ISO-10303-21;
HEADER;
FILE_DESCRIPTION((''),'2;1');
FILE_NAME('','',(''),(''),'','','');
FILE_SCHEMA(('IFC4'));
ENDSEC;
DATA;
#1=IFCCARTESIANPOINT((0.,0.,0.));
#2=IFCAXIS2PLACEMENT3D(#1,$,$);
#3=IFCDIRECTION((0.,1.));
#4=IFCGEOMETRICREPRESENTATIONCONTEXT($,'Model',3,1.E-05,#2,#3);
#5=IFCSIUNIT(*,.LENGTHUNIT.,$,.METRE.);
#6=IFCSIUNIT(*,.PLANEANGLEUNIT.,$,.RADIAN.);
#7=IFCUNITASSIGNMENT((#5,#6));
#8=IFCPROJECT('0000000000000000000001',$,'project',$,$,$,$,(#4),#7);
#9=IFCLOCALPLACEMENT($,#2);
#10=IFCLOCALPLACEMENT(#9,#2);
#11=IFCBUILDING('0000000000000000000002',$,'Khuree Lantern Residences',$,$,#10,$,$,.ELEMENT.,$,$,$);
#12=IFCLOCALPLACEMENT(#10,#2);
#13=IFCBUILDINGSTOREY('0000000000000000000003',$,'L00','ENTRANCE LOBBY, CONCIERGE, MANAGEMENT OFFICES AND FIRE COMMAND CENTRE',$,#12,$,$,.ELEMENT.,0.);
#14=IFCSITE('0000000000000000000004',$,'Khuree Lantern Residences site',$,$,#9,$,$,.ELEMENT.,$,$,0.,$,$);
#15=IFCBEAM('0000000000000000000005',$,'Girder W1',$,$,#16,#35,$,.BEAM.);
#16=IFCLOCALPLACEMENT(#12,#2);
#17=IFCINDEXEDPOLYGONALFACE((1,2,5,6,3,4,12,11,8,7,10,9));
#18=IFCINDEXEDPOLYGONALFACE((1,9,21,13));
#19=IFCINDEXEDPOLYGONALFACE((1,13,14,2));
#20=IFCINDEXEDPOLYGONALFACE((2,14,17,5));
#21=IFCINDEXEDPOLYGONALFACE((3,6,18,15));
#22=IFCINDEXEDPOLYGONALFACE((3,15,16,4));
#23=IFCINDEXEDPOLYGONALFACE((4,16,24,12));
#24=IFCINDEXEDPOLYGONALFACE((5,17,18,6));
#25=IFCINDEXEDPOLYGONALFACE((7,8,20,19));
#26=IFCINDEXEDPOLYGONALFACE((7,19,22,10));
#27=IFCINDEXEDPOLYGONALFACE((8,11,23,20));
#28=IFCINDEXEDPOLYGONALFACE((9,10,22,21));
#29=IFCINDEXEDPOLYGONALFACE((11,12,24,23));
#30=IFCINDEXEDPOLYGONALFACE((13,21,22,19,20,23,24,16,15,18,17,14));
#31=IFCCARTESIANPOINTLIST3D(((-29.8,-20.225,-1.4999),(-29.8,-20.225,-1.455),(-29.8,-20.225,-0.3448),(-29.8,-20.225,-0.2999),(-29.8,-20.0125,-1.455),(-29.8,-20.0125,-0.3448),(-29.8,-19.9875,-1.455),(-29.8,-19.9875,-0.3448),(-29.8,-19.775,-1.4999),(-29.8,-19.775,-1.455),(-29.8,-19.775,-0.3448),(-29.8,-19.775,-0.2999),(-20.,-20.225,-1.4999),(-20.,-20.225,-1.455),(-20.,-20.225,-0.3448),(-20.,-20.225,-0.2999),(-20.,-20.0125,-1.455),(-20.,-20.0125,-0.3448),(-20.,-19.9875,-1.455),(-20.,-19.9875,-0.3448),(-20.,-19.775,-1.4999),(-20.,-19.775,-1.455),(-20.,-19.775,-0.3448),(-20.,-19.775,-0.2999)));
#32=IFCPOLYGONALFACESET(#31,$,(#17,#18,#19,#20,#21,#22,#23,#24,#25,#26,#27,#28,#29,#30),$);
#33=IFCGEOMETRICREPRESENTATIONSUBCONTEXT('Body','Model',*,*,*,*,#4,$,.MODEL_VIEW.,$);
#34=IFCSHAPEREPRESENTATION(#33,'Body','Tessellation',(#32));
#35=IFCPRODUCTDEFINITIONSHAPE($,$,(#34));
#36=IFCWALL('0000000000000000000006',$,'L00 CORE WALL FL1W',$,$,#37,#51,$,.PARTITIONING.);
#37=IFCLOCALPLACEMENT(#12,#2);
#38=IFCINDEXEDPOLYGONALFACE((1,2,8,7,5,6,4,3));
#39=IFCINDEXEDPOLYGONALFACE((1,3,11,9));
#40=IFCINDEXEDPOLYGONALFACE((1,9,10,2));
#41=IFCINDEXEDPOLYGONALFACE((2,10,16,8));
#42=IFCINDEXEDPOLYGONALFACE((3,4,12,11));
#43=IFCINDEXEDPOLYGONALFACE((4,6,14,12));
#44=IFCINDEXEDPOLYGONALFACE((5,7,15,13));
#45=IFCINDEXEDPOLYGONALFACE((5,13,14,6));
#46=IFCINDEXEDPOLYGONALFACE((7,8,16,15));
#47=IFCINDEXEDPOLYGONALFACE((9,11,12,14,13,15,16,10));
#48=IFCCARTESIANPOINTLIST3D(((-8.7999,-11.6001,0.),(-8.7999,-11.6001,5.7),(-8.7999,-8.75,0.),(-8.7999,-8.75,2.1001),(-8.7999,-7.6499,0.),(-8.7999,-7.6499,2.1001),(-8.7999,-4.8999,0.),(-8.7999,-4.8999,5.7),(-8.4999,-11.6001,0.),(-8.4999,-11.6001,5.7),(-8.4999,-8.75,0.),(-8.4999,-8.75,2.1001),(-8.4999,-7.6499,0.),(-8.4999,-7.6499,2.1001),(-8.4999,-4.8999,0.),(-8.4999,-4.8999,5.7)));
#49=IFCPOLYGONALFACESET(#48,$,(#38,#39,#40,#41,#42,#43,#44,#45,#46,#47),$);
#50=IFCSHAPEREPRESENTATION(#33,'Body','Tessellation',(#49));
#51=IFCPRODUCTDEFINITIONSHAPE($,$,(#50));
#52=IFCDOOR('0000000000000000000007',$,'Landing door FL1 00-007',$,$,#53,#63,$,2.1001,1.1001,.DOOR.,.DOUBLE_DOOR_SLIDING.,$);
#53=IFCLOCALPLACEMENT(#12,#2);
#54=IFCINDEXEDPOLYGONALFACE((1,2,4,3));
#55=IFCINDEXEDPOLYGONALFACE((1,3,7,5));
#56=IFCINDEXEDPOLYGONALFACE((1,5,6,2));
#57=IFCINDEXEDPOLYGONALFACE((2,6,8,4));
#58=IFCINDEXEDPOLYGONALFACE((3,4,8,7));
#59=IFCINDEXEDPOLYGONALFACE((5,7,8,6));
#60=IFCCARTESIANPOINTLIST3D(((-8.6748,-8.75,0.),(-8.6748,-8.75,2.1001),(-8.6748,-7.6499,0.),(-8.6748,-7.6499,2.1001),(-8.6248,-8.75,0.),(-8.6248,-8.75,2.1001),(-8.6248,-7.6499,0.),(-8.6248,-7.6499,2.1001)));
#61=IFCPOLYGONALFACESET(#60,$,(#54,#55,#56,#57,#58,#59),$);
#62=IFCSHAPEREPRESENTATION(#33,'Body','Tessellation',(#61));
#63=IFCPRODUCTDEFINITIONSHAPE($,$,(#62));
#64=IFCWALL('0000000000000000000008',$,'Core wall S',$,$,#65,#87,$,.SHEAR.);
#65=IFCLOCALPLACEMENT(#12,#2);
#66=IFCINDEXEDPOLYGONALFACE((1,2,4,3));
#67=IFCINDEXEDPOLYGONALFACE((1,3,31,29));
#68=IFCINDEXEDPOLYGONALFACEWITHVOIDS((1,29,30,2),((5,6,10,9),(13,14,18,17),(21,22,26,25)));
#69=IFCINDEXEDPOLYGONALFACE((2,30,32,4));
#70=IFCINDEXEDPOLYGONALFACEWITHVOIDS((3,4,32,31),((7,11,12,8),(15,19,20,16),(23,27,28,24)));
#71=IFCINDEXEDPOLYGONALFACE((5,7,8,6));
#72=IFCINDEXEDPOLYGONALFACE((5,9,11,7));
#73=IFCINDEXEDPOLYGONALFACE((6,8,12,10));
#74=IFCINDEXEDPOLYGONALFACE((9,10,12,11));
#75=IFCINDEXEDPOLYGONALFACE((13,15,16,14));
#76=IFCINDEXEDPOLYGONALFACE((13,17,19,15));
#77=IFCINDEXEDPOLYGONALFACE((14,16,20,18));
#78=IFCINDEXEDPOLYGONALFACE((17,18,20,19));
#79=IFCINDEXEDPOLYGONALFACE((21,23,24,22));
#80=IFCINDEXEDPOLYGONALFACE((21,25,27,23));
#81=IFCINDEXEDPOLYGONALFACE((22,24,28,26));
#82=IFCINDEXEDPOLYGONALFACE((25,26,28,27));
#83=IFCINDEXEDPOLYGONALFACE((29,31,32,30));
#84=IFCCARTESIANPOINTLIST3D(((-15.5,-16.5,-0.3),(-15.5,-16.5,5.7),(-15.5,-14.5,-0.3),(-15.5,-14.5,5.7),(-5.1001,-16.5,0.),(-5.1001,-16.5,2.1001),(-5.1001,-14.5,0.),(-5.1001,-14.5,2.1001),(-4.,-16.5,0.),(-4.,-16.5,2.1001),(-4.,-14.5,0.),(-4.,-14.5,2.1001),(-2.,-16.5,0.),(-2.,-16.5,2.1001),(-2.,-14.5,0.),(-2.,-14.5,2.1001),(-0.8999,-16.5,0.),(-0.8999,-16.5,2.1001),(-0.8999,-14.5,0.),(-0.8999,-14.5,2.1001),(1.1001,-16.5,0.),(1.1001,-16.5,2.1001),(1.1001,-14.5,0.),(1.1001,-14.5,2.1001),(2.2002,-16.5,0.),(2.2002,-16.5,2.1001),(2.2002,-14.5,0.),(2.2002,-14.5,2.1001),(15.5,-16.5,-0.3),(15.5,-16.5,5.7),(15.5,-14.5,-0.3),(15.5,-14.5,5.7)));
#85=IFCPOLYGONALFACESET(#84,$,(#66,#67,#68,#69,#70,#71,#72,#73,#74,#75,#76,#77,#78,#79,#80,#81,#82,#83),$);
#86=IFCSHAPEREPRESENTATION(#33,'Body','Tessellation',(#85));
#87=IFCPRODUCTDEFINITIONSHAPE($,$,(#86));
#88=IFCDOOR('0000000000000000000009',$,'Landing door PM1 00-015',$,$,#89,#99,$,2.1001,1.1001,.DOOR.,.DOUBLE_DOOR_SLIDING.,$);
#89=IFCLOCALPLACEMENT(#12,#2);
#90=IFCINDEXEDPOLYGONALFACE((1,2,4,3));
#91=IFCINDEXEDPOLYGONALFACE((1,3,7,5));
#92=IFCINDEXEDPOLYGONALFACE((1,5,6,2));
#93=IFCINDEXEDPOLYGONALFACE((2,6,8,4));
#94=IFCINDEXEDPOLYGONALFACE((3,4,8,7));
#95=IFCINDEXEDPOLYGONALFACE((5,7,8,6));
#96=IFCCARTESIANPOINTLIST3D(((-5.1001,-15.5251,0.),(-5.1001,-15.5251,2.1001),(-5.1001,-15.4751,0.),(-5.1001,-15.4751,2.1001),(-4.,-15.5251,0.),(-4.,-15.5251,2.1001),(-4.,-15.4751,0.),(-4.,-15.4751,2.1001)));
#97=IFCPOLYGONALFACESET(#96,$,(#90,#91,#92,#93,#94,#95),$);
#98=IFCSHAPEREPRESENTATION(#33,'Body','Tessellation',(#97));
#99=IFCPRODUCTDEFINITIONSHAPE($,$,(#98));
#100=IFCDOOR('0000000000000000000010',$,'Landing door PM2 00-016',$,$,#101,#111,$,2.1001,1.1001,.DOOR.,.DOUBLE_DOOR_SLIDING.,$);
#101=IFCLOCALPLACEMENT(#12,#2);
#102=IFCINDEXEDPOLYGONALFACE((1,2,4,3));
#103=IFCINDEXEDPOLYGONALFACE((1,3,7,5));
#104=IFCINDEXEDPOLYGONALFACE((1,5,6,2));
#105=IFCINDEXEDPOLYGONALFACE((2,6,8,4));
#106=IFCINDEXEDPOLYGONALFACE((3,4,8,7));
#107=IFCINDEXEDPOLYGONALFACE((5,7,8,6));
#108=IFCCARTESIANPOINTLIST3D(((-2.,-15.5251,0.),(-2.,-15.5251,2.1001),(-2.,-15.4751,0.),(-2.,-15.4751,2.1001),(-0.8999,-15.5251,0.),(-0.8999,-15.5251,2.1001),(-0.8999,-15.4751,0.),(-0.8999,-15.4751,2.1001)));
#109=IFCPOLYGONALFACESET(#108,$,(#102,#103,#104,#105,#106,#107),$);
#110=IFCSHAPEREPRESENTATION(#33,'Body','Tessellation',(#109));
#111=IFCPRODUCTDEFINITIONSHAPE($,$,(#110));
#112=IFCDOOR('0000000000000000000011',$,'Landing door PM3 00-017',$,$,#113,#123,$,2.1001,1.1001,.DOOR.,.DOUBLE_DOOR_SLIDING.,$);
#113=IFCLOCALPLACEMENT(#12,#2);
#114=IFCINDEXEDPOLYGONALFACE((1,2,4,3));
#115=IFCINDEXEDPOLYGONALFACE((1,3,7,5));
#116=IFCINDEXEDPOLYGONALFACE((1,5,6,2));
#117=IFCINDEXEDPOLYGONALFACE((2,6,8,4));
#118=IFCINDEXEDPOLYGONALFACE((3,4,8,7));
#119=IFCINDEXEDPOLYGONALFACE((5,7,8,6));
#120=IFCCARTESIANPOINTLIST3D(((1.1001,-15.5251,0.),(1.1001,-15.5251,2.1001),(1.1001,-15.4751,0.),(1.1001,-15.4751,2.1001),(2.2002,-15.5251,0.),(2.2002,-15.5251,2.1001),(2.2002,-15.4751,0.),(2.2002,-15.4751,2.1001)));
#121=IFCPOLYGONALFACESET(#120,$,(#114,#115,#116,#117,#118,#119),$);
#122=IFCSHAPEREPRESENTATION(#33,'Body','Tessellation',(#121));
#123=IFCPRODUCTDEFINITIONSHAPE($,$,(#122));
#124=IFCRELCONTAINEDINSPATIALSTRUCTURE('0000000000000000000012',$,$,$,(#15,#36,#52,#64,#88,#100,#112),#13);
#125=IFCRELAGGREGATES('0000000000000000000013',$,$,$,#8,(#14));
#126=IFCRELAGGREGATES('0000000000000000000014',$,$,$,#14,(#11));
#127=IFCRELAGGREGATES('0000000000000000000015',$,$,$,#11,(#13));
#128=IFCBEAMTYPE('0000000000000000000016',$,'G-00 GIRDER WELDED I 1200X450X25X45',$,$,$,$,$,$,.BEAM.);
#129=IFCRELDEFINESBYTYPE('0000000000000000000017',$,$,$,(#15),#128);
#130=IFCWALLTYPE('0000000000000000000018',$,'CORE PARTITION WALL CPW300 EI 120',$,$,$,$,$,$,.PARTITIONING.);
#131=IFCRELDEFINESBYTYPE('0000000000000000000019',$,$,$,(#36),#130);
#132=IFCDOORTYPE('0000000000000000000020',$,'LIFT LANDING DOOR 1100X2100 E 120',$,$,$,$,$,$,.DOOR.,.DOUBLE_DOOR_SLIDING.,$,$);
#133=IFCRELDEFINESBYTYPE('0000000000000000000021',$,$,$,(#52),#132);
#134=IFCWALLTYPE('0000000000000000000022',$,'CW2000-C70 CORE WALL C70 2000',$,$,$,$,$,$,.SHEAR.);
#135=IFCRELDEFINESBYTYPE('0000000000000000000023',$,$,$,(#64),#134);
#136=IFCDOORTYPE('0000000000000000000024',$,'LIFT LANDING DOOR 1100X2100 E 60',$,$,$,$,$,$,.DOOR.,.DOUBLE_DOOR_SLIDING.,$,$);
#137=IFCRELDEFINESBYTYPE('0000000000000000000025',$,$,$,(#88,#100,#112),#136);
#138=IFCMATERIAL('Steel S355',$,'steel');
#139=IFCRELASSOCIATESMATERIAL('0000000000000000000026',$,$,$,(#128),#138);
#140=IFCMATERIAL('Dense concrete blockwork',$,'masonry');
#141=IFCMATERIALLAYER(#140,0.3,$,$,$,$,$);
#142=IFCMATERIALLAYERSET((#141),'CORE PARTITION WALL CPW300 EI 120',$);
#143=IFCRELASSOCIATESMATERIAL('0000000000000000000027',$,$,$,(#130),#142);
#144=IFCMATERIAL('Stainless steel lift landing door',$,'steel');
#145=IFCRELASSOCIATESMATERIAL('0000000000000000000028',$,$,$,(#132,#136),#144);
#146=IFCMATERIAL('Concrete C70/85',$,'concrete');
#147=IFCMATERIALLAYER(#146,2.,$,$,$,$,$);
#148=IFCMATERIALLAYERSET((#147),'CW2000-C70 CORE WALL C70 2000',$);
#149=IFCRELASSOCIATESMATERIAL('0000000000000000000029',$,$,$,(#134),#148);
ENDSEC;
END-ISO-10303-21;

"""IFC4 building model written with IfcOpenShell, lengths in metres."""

from ifc_helpers import new_model, si_unit, direction, frame, frame_2d, origin, origin_2d, place, context, subcontext, project, spatial, rectangle, i_section, extrude, material, layer, layer_set, material_profile, profile_set, type_object, element, fill, save


model = new_model("IFC4")

# Units and contexts
model_context = context("Model", 3, precision=1e-05, world=origin(), true_north=direction((0.0, 1.0)))
body_context = subcontext(model_context, "Body", "Model", "MODEL_VIEW")
ifc_project = project(units=[si_unit("LENGTHUNIT", "METRE"), si_unit("PLANEANGLEUNIT", "RADIAN")], contexts=[model_context])

# Site, building, storey
site_placement = place(None, origin())
site = spatial("IfcSite", under=ifc_project, at=site_placement, Name="Khuree Lantern Residences site", CompositionType="ELEMENT", RefElevation=0.0)
building_placement = place(site_placement, origin())
building = spatial("IfcBuilding", under=site, at=building_placement, Name="Khuree Lantern Residences", CompositionType="ELEMENT")
storey_placement = place(building_placement, origin())
storey = spatial("IfcBuildingStorey", under=building, at=storey_placement, Name="L00", Description="ENTRANCE LOBBY, CONCIERGE, MANAGEMENT OFFICES AND FIRE COMMAND CENTRE", CompositionType="ELEMENT", Elevation=0.0)

# Shared definitions
ifc_material_1 = material(Name="Concrete C70/85", Category="concrete")

# Beam
ifc_material_2 = material(Name="Steel S355", Category="steel")
ifc_material_profile_1 = material_profile(ifc_material_2, i_section(OverallWidth=0.45, OverallDepth=1.2, WebThickness=0.0249, FlangeThickness=0.0449, at=origin_2d()), Name="WELDED I 1200X450X25X45")
ifc_profile_set_1 = profile_set([ifc_material_profile_1], Name="Steel S355")
beam_type_1 = type_object("IfcBeamType", Name="G-00 GIRDER WELDED I 1200X450X25X45", PredefinedType="BEAM", material=ifc_profile_set_1)
beam_1_placement = place(storey_placement, frame((-29.8, -20.0, -0.8999), z_axis=(1.0, 0.0, 0.0), x_axis=(0.0, 1.0, 0.0)))
element("IfcBeam", 1, at=beam_1_placement, inside=storey, type_object=beam_type_1, Name="Girder W1", PredefinedType="BEAM", context=body_context, shape_type="SweptSolid", body=[
    extrude(i_section(OverallWidth=0.45, OverallDepth=1.2, WebThickness=0.0249, FlangeThickness=0.0449, at=origin_2d()), origin(), (0.0, 0.0, 1.0), 9.8),
])

# Wall, opening, door
ifc_material_3 = material(Name="Dense concrete blockwork", Category="masonry")
ifc_layer_1 = layer(ifc_material_3, 0.3)
ifc_layer_set_1 = layer_set([ifc_layer_1], Name="CORE PARTITION WALL CPW300 EI 120")
wall_type_1 = type_object("IfcWallType", Name="CORE PARTITION WALL CPW300 EI 120", PredefinedType="PARTITIONING", material=ifc_layer_set_1)
wall_1_placement = place(storey_placement, frame((-8.6499, -11.6001, 0.0), z_axis=(0.0, 0.0, 1.0), x_axis=(0.0, 1.0, 0.0)))
wall_1 = element("IfcWall", 2, at=wall_1_placement, inside=storey, type_object=wall_type_1, Name="L00 CORE WALL FL1W", PredefinedType="PARTITIONING", context=body_context, shape_type="SweptSolid", body=[
    extrude(rectangle(XDim=6.7002, YDim=0.3, at=frame_2d((3.3501, 0.0))), origin(), (0.0, 0.0, 1.0), 5.7),
])
opening_1_placement = place(wall_1_placement, frame((2.8501, 0.0, 0.0)))
opening_1 = element("IfcOpeningElement", 3, at=opening_1_placement, cuts=wall_1, PredefinedType="OPENING", context=body_context, shape_type="SweptSolid", body=[
    extrude(rectangle(XDim=1.1001, YDim=2.1001, at=frame_2d((0.55, 1.05))), frame((0.0, 0.1602, 0.0), z_axis=(0.0, -1.0, 0.0), x_axis=(1.0, 0.0, 0.0)), (0.0, 0.0, 1.0), 0.3201),
])
ifc_material_4 = material(Name="Stainless steel lift landing door", Category="steel")
door_type_1 = type_object("IfcDoorType", Name="LIFT LANDING DOOR 1100X2100 E 120", OperationType="DOUBLE_DOOR_SLIDING", PredefinedType="DOOR", material=ifc_material_4)
door_1_placement = place(opening_1_placement, origin())
door_1 = element("IfcDoor", 4, at=door_1_placement, inside=storey, type_object=door_type_1, Name="Landing door FL1 00-007", OperationType="DOUBLE_DOOR_SLIDING", OverallHeight=2.1001, OverallWidth=1.1001, PredefinedType="DOOR", context=body_context, shape_type="SweptSolid", body=[
    extrude(rectangle(XDim=1.1001, YDim=2.1001, at=frame_2d((0.55, 1.05))), frame((0.0, 0.0249, 0.0), z_axis=(0.0, -1.0, 0.0), x_axis=(1.0, 0.0, 0.0)), (0.0, 0.0, 1.0), 0.05),
])
fill(opening_1, door_1)

# Wall, openings, doors
ifc_layer_2 = layer(ifc_material_1, 2.0)
ifc_layer_set_2 = layer_set([ifc_layer_2], Name="CW2000-C70 CORE WALL C70 2000")
wall_type_2 = type_object("IfcWallType", Name="CW2000-C70 CORE WALL C70 2000", PredefinedType="SHEAR", material=ifc_layer_set_2)
wall_2_placement = place(storey_placement, frame((-15.5, -15.5, -0.3), z_axis=(0.0, 0.0, 1.0), x_axis=(1.0, 0.0, 0.0)))
wall_2 = element("IfcWall", 5, at=wall_2_placement, inside=storey, type_object=wall_type_2, Name="Core wall S", PredefinedType="SHEAR", context=body_context, shape_type="SweptSolid", body=[
    extrude(rectangle(XDim=31.0, YDim=2.0, at=frame_2d((15.5, 0.0))), origin(), (0.0, 0.0, 1.0), 6.0),
])
opening_2_placement = place(wall_2_placement, frame((10.3999, 0.0, 0.3)))
opening_2 = element("IfcOpeningElement", 6, at=opening_2_placement, cuts=wall_2, PredefinedType="OPENING", context=body_context, shape_type="SweptSolid", body=[
    extrude(rectangle(XDim=1.1001, YDim=2.1001, at=frame_2d((0.55, 1.05))), frame((0.0, 1.01, 0.0), z_axis=(0.0, -1.0, 0.0), x_axis=(1.0, 0.0, 0.0)), (0.0, 0.0, 1.0), 2.02),
])
opening_3_placement = place(wall_2_placement, frame((13.5, 0.0, 0.3)))
opening_3 = element("IfcOpeningElement", 7, at=opening_3_placement, cuts=wall_2, PredefinedType="OPENING", context=body_context, shape_type="SweptSolid", body=[
    extrude(rectangle(XDim=1.1001, YDim=2.1001, at=frame_2d((0.55, 1.05))), frame((0.0, 1.01, 0.0), z_axis=(0.0, -1.0, 0.0), x_axis=(1.0, 0.0, 0.0)), (0.0, 0.0, 1.0), 2.02),
])
opening_4_placement = place(wall_2_placement, frame((16.6001, 0.0, 0.3)))
opening_4 = element("IfcOpeningElement", 8, at=opening_4_placement, cuts=wall_2, PredefinedType="OPENING", context=body_context, shape_type="SweptSolid", body=[
    extrude(rectangle(XDim=1.1001, YDim=2.1001, at=frame_2d((0.55, 1.05))), frame((0.0, 1.01, 0.0), z_axis=(0.0, -1.0, 0.0), x_axis=(1.0, 0.0, 0.0)), (0.0, 0.0, 1.0), 2.02),
])
door_type_2 = type_object("IfcDoorType", Name="LIFT LANDING DOOR 1100X2100 E 60", OperationType="DOUBLE_DOOR_SLIDING", PredefinedType="DOOR", material=ifc_material_4)
door_2_placement = place(opening_2_placement, origin())
door_2 = element("IfcDoor", 9, at=door_2_placement, inside=storey, type_object=door_type_2, Name="Landing door PM1 00-015", OperationType="DOUBLE_DOOR_SLIDING", OverallHeight=2.1001, OverallWidth=1.1001, PredefinedType="DOOR", context=body_context, shape_type="SweptSolid", body=[
    extrude(rectangle(XDim=1.1001, YDim=2.1001, at=frame_2d((0.55, 1.05))), frame((0.0, 0.0249, 0.0), z_axis=(0.0, -1.0, 0.0), x_axis=(1.0, 0.0, 0.0)), (0.0, 0.0, 1.0), 0.05),
])
fill(opening_2, door_2)
door_3_placement = place(opening_3_placement, origin())
door_3 = element("IfcDoor", 10, at=door_3_placement, inside=storey, type_object=door_type_2, Name="Landing door PM2 00-016", OperationType="DOUBLE_DOOR_SLIDING", OverallHeight=2.1001, OverallWidth=1.1001, PredefinedType="DOOR", context=body_context, shape_type="SweptSolid", body=[
    extrude(rectangle(XDim=1.1001, YDim=2.1001, at=frame_2d((0.55, 1.05))), frame((0.0, 0.0249, 0.0), z_axis=(0.0, -1.0, 0.0), x_axis=(1.0, 0.0, 0.0)), (0.0, 0.0, 1.0), 0.05),
])
fill(opening_3, door_3)
door_4_placement = place(opening_4_placement, origin())
door_4 = element("IfcDoor", 11, at=door_4_placement, inside=storey, type_object=door_type_2, Name="Landing door PM3 00-017", OperationType="DOUBLE_DOOR_SLIDING", OverallHeight=2.1001, OverallWidth=1.1001, PredefinedType="DOOR", context=body_context, shape_type="SweptSolid", body=[
    extrude(rectangle(XDim=1.1001, YDim=2.1001, at=frame_2d((0.55, 1.05))), frame((0.0, 0.0249, 0.0), z_axis=(0.0, -1.0, 0.0), x_axis=(1.0, 0.0, 0.0)), (0.0, 0.0, 1.0), 0.05),
])
fill(opening_4, door_4)

save(model, "model.ifc")
